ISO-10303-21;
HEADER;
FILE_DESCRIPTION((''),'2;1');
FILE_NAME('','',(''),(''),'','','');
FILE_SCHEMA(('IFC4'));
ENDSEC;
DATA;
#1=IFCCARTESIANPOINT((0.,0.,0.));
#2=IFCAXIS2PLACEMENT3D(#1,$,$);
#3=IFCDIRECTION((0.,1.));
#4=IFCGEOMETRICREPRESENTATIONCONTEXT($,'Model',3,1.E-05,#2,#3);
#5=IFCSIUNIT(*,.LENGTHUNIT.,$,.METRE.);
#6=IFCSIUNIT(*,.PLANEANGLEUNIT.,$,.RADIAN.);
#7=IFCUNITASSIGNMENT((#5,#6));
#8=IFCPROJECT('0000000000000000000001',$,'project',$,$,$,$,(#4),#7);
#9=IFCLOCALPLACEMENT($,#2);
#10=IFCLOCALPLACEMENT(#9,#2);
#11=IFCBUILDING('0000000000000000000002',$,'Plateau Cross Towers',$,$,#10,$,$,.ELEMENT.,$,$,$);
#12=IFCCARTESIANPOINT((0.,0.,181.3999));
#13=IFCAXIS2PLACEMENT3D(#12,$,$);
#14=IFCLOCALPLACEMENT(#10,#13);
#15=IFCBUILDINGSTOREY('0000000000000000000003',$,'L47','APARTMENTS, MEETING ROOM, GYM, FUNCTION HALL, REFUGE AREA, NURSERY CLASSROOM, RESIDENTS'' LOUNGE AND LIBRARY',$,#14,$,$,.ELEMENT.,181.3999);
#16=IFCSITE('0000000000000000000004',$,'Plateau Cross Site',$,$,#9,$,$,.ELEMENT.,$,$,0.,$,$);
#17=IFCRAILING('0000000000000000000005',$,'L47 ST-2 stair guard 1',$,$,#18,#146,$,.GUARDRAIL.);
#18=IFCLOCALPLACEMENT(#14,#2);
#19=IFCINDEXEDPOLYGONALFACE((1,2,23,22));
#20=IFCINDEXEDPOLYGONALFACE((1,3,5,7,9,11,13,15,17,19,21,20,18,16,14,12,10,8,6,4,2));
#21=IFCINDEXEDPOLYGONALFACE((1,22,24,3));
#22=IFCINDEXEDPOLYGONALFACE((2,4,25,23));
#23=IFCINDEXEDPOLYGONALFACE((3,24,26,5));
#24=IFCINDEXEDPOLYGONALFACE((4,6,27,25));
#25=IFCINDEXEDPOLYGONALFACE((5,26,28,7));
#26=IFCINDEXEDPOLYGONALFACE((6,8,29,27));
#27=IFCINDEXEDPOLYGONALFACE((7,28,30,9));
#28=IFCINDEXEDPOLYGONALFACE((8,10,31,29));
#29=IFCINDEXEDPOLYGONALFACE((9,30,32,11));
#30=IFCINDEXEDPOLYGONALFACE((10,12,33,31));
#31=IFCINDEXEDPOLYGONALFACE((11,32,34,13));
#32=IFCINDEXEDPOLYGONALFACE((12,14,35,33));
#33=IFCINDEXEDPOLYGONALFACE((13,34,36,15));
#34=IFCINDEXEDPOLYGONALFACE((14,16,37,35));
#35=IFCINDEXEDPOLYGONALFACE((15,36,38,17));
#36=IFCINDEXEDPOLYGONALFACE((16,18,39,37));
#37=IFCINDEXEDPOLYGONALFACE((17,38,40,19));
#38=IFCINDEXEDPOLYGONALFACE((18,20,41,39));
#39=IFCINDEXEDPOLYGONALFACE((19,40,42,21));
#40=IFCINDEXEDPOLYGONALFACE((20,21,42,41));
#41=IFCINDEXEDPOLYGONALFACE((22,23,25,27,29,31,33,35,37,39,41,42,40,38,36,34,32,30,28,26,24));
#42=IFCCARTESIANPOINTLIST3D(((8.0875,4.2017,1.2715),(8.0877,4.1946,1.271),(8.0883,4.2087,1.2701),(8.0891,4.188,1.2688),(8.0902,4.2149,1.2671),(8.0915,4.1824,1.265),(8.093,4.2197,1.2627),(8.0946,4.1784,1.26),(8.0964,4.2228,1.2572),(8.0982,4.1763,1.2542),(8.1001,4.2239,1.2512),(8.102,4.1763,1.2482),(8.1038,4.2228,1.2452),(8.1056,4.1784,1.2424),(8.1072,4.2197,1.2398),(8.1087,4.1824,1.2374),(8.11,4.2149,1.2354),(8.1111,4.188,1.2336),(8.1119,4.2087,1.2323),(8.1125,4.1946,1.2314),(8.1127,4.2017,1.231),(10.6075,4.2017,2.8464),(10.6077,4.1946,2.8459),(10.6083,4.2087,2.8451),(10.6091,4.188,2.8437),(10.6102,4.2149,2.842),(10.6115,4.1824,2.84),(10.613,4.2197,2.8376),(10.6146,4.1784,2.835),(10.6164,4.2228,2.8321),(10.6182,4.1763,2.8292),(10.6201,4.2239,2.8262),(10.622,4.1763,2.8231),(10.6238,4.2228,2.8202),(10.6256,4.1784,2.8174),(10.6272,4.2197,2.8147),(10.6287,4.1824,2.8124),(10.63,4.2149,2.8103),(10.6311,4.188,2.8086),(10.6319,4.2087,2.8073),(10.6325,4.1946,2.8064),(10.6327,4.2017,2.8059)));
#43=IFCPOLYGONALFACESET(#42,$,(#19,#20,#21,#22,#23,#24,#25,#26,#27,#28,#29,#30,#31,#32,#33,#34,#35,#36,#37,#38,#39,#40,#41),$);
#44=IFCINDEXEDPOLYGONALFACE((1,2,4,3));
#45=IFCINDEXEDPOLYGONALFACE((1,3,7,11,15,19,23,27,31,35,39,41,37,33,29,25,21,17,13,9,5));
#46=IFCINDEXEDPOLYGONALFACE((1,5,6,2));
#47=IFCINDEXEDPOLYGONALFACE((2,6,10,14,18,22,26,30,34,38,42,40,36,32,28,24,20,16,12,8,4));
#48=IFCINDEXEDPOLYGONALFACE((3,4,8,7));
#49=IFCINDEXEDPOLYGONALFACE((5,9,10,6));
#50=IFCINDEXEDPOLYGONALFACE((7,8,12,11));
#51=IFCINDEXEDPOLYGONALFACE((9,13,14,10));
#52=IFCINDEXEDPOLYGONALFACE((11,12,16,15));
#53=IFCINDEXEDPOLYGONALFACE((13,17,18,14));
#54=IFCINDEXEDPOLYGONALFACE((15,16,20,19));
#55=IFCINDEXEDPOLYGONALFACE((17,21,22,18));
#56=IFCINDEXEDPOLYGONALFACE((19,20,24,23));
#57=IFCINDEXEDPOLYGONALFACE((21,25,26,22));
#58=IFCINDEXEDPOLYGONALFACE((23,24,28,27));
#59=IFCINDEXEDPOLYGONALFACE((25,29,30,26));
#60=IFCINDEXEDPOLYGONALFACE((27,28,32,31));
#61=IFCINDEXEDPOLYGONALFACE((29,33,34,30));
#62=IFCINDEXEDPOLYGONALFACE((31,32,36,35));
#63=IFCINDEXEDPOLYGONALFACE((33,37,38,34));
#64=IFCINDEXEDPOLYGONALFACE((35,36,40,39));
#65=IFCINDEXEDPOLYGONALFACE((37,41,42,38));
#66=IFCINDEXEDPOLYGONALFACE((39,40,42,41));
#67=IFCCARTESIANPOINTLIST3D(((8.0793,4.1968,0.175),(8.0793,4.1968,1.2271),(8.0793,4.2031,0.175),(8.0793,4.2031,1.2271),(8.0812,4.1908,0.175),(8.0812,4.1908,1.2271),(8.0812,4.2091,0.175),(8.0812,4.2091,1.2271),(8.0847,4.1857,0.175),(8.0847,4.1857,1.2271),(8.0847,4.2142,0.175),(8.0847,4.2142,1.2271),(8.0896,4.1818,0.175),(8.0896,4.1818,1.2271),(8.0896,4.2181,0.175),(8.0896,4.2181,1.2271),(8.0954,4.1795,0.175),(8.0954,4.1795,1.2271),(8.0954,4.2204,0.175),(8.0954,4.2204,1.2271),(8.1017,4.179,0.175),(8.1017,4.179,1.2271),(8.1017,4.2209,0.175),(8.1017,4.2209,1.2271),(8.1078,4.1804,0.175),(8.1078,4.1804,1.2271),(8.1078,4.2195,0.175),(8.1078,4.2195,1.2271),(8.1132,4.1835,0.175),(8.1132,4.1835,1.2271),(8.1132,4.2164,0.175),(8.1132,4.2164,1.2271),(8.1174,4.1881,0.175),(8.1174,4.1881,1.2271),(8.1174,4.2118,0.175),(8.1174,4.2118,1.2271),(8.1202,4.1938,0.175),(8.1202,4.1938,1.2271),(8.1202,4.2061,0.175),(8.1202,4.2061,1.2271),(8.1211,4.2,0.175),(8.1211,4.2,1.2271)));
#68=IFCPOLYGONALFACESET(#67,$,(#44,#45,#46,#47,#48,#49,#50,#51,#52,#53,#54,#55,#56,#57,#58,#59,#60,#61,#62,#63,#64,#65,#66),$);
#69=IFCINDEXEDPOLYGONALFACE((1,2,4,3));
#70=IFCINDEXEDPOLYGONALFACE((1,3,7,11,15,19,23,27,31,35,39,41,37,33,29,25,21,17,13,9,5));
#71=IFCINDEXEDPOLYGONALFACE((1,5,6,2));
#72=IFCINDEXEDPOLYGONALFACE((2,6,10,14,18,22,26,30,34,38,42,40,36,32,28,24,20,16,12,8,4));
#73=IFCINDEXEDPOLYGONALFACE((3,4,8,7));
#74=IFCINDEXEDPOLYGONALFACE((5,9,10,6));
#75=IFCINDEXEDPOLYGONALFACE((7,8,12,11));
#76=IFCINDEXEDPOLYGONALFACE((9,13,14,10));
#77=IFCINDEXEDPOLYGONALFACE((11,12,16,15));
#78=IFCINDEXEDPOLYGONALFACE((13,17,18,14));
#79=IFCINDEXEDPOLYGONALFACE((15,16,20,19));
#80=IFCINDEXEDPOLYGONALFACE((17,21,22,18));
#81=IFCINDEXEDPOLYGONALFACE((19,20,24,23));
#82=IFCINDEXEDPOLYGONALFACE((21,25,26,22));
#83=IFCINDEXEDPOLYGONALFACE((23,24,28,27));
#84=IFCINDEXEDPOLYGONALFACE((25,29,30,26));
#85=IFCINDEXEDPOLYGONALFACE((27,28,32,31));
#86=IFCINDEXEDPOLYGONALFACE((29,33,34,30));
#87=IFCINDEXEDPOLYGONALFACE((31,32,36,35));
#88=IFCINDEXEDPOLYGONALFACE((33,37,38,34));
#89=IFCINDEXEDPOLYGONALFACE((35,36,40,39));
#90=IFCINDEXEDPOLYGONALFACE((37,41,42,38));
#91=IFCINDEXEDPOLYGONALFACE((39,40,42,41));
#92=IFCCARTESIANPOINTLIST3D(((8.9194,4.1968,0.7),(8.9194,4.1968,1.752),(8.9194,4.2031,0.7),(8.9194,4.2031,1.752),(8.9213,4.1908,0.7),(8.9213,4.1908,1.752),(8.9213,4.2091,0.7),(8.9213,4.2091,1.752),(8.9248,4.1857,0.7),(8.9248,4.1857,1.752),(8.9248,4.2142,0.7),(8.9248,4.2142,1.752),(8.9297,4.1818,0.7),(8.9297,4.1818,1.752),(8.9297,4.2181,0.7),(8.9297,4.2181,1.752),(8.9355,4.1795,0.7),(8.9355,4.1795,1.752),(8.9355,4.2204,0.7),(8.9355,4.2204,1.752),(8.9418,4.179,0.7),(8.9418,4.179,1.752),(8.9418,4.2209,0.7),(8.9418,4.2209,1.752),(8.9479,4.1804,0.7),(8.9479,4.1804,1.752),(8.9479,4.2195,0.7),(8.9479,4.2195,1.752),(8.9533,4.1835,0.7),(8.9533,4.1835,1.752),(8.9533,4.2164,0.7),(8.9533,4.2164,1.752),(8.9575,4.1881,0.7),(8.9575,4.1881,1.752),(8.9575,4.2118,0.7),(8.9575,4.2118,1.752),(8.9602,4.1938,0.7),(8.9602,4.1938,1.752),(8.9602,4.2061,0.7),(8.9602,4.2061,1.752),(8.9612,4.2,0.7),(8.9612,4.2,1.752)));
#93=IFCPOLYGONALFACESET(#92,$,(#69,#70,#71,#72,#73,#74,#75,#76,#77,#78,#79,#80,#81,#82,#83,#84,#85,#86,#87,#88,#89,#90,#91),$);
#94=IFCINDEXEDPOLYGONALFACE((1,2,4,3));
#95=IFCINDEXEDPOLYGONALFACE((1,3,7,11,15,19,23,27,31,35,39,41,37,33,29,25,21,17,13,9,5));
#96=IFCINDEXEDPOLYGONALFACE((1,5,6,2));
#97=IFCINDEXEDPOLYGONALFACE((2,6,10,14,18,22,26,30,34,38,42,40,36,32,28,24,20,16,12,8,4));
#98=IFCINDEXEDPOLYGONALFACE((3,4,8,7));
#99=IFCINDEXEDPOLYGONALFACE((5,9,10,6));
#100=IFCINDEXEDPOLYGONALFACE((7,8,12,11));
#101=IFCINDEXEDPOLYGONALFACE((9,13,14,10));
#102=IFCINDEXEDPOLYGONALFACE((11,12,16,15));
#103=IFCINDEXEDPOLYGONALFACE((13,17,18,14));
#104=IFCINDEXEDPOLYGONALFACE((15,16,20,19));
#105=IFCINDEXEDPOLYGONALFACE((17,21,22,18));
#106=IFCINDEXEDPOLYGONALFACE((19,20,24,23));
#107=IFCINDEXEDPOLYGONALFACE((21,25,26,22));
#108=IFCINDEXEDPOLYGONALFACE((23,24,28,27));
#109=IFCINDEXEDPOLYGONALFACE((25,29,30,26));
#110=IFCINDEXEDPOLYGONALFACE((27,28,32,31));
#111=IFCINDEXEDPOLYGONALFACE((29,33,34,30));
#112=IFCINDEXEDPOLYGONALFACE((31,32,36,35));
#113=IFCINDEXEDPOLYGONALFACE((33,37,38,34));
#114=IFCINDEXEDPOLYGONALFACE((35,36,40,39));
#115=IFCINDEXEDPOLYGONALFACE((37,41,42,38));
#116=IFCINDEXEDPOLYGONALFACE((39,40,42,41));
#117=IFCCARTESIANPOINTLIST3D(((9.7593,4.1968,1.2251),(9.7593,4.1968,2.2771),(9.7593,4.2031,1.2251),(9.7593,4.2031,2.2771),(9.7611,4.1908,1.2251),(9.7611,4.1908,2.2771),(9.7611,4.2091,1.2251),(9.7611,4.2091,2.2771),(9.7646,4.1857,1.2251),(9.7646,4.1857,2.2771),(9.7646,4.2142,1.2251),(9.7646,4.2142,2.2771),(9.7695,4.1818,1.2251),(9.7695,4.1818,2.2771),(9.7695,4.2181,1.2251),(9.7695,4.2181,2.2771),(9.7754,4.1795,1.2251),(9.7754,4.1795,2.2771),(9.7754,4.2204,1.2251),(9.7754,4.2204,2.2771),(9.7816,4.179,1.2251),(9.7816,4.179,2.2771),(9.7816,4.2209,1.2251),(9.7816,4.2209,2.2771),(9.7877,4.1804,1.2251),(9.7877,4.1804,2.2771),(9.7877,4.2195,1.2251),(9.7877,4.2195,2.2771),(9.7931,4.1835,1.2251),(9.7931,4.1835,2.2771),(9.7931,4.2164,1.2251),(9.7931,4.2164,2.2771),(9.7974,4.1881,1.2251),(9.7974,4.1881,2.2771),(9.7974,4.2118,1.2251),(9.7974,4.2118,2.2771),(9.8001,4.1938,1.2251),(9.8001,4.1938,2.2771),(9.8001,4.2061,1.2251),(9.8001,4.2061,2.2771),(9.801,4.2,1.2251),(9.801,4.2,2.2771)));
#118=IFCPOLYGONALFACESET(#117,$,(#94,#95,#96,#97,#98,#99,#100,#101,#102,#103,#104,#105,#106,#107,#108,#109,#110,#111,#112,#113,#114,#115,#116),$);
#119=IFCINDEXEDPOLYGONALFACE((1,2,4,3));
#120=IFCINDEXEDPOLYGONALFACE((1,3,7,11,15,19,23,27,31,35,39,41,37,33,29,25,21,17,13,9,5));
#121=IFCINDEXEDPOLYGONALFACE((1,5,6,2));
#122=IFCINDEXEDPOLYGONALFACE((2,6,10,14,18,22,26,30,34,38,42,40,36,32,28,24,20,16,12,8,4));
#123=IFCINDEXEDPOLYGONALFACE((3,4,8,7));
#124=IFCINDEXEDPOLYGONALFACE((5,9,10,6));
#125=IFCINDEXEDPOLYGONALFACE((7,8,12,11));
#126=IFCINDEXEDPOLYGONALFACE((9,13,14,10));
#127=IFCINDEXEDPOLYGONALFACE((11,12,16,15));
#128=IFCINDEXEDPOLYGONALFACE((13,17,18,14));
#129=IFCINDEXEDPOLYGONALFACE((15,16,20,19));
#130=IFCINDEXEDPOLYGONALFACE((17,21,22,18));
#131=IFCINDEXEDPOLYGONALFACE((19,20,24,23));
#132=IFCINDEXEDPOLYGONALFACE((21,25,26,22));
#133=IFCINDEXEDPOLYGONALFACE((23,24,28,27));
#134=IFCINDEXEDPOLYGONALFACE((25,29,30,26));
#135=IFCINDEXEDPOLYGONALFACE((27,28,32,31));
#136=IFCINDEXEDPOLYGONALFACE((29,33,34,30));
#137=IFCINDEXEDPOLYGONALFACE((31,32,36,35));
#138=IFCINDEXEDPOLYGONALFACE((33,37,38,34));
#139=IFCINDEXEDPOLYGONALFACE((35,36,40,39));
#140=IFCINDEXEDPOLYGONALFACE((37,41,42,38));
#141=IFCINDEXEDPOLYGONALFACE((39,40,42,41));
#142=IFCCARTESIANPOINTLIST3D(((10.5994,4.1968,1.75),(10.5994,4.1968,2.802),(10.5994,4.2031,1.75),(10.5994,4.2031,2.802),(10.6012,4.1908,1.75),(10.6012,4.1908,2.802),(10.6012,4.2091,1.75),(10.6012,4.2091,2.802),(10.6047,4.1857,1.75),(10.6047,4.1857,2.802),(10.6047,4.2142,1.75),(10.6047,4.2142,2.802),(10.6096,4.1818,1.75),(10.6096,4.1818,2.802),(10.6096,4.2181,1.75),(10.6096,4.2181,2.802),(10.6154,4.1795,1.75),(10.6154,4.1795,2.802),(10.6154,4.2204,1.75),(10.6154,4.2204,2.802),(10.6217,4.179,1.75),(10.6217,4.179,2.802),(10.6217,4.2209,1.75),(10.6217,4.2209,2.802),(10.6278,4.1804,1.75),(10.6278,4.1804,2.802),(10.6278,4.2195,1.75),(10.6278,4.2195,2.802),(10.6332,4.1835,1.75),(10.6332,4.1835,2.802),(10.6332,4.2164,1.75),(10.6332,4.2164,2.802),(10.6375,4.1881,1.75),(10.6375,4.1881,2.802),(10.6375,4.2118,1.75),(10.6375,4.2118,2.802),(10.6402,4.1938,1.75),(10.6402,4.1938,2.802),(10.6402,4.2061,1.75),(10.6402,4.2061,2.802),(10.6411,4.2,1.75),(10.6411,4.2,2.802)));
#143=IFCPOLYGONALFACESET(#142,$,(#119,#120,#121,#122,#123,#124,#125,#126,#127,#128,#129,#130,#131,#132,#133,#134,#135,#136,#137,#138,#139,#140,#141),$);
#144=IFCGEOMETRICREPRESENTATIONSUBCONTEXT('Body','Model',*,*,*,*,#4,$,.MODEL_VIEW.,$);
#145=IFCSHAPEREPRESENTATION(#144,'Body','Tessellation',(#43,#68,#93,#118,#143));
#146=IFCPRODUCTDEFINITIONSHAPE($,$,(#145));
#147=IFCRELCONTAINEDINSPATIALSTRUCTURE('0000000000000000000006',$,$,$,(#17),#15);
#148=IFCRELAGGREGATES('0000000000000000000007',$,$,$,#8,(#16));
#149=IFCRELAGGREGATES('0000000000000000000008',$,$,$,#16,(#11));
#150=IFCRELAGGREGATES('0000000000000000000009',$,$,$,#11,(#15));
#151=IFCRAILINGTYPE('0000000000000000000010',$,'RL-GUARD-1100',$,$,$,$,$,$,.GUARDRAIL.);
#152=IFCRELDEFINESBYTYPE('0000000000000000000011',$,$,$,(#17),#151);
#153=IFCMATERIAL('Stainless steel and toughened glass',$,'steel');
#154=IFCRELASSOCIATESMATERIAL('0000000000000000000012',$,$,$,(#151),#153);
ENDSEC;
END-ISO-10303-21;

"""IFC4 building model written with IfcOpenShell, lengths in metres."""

from ifc_helpers import new_model, si_unit, direction, frame, origin, origin_2d, place, context, subcontext, project, spatial, circle, extrude, material, type_object, element, save


model = new_model("IFC4")

# Units and contexts
model_context = context("Model", 3, precision=1e-05, world=origin(), true_north=direction((0.0, 1.0)))
body_context = subcontext(model_context, "Body", "Model", "MODEL_VIEW")
ifc_project = project(units=[si_unit("LENGTHUNIT", "METRE"), si_unit("PLANEANGLEUNIT", "RADIAN")], contexts=[model_context])

# Site, building, storey
site_placement = place(None, origin())
site = spatial("IfcSite", under=ifc_project, at=site_placement, Name="Plateau Cross Site", CompositionType="ELEMENT", RefElevation=0.0)
building_placement = place(site_placement, origin())
building = spatial("IfcBuilding", under=site, at=building_placement, Name="Plateau Cross Towers", CompositionType="ELEMENT")
storey_placement = place(building_placement, frame((0.0, 0.0, 181.3999)))
storey = spatial("IfcBuildingStorey", under=building, at=storey_placement, Name="L47", Description="APARTMENTS, MEETING ROOM, GYM, FUNCTION HALL, REFUGE AREA, NURSERY CLASSROOM, RESIDENTS' LOUNGE AND LIBRARY", CompositionType="ELEMENT", Elevation=181.3999)

# Railing
ifc_material_1 = material(Name="Stainless steel and toughened glass", Category="steel")
railing_type_1 = type_object("IfcRailingType", Name="RL-GUARD-1100", PredefinedType="GUARDRAIL", material=ifc_material_1)
railing_1_placement = place(storey_placement, frame((8.1001, 4.2, 0.175)))
element("IfcRailing", 1, at=railing_1_placement, inside=storey, type_object=railing_type_1, Name="L47 ST-2 stair guard 1", PredefinedType="GUARDRAIL", context=body_context, shape_type="SweptSolid", body=[
    extrude(circle(Radius=0.0239, at=origin_2d()), frame((0.0, 0.0, 1.0762), z_axis=(0.848008, 0.0, 0.529984), x_axis=(0.0, 1.0, 0.0)), (0.0, 0.0, 1.0), 2.9717),
    extrude(circle(Radius=0.021, at=origin_2d()), origin(), (0.0, 0.0, 1.0), 1.052),
    extrude(circle(Radius=0.021, at=origin_2d()), frame((0.8401, 0.0, 0.5249)), (0.0, 0.0, 1.0), 1.052),
    extrude(circle(Radius=0.021, at=origin_2d()), frame((1.6799, 0.0, 1.05)), (0.0, 0.0, 1.0), 1.052),
    extrude(circle(Radius=0.021, at=origin_2d()), frame((2.52, 0.0, 1.575)), (0.0, 0.0, 1.0), 1.052),
])

save(model, "model.ifc")
